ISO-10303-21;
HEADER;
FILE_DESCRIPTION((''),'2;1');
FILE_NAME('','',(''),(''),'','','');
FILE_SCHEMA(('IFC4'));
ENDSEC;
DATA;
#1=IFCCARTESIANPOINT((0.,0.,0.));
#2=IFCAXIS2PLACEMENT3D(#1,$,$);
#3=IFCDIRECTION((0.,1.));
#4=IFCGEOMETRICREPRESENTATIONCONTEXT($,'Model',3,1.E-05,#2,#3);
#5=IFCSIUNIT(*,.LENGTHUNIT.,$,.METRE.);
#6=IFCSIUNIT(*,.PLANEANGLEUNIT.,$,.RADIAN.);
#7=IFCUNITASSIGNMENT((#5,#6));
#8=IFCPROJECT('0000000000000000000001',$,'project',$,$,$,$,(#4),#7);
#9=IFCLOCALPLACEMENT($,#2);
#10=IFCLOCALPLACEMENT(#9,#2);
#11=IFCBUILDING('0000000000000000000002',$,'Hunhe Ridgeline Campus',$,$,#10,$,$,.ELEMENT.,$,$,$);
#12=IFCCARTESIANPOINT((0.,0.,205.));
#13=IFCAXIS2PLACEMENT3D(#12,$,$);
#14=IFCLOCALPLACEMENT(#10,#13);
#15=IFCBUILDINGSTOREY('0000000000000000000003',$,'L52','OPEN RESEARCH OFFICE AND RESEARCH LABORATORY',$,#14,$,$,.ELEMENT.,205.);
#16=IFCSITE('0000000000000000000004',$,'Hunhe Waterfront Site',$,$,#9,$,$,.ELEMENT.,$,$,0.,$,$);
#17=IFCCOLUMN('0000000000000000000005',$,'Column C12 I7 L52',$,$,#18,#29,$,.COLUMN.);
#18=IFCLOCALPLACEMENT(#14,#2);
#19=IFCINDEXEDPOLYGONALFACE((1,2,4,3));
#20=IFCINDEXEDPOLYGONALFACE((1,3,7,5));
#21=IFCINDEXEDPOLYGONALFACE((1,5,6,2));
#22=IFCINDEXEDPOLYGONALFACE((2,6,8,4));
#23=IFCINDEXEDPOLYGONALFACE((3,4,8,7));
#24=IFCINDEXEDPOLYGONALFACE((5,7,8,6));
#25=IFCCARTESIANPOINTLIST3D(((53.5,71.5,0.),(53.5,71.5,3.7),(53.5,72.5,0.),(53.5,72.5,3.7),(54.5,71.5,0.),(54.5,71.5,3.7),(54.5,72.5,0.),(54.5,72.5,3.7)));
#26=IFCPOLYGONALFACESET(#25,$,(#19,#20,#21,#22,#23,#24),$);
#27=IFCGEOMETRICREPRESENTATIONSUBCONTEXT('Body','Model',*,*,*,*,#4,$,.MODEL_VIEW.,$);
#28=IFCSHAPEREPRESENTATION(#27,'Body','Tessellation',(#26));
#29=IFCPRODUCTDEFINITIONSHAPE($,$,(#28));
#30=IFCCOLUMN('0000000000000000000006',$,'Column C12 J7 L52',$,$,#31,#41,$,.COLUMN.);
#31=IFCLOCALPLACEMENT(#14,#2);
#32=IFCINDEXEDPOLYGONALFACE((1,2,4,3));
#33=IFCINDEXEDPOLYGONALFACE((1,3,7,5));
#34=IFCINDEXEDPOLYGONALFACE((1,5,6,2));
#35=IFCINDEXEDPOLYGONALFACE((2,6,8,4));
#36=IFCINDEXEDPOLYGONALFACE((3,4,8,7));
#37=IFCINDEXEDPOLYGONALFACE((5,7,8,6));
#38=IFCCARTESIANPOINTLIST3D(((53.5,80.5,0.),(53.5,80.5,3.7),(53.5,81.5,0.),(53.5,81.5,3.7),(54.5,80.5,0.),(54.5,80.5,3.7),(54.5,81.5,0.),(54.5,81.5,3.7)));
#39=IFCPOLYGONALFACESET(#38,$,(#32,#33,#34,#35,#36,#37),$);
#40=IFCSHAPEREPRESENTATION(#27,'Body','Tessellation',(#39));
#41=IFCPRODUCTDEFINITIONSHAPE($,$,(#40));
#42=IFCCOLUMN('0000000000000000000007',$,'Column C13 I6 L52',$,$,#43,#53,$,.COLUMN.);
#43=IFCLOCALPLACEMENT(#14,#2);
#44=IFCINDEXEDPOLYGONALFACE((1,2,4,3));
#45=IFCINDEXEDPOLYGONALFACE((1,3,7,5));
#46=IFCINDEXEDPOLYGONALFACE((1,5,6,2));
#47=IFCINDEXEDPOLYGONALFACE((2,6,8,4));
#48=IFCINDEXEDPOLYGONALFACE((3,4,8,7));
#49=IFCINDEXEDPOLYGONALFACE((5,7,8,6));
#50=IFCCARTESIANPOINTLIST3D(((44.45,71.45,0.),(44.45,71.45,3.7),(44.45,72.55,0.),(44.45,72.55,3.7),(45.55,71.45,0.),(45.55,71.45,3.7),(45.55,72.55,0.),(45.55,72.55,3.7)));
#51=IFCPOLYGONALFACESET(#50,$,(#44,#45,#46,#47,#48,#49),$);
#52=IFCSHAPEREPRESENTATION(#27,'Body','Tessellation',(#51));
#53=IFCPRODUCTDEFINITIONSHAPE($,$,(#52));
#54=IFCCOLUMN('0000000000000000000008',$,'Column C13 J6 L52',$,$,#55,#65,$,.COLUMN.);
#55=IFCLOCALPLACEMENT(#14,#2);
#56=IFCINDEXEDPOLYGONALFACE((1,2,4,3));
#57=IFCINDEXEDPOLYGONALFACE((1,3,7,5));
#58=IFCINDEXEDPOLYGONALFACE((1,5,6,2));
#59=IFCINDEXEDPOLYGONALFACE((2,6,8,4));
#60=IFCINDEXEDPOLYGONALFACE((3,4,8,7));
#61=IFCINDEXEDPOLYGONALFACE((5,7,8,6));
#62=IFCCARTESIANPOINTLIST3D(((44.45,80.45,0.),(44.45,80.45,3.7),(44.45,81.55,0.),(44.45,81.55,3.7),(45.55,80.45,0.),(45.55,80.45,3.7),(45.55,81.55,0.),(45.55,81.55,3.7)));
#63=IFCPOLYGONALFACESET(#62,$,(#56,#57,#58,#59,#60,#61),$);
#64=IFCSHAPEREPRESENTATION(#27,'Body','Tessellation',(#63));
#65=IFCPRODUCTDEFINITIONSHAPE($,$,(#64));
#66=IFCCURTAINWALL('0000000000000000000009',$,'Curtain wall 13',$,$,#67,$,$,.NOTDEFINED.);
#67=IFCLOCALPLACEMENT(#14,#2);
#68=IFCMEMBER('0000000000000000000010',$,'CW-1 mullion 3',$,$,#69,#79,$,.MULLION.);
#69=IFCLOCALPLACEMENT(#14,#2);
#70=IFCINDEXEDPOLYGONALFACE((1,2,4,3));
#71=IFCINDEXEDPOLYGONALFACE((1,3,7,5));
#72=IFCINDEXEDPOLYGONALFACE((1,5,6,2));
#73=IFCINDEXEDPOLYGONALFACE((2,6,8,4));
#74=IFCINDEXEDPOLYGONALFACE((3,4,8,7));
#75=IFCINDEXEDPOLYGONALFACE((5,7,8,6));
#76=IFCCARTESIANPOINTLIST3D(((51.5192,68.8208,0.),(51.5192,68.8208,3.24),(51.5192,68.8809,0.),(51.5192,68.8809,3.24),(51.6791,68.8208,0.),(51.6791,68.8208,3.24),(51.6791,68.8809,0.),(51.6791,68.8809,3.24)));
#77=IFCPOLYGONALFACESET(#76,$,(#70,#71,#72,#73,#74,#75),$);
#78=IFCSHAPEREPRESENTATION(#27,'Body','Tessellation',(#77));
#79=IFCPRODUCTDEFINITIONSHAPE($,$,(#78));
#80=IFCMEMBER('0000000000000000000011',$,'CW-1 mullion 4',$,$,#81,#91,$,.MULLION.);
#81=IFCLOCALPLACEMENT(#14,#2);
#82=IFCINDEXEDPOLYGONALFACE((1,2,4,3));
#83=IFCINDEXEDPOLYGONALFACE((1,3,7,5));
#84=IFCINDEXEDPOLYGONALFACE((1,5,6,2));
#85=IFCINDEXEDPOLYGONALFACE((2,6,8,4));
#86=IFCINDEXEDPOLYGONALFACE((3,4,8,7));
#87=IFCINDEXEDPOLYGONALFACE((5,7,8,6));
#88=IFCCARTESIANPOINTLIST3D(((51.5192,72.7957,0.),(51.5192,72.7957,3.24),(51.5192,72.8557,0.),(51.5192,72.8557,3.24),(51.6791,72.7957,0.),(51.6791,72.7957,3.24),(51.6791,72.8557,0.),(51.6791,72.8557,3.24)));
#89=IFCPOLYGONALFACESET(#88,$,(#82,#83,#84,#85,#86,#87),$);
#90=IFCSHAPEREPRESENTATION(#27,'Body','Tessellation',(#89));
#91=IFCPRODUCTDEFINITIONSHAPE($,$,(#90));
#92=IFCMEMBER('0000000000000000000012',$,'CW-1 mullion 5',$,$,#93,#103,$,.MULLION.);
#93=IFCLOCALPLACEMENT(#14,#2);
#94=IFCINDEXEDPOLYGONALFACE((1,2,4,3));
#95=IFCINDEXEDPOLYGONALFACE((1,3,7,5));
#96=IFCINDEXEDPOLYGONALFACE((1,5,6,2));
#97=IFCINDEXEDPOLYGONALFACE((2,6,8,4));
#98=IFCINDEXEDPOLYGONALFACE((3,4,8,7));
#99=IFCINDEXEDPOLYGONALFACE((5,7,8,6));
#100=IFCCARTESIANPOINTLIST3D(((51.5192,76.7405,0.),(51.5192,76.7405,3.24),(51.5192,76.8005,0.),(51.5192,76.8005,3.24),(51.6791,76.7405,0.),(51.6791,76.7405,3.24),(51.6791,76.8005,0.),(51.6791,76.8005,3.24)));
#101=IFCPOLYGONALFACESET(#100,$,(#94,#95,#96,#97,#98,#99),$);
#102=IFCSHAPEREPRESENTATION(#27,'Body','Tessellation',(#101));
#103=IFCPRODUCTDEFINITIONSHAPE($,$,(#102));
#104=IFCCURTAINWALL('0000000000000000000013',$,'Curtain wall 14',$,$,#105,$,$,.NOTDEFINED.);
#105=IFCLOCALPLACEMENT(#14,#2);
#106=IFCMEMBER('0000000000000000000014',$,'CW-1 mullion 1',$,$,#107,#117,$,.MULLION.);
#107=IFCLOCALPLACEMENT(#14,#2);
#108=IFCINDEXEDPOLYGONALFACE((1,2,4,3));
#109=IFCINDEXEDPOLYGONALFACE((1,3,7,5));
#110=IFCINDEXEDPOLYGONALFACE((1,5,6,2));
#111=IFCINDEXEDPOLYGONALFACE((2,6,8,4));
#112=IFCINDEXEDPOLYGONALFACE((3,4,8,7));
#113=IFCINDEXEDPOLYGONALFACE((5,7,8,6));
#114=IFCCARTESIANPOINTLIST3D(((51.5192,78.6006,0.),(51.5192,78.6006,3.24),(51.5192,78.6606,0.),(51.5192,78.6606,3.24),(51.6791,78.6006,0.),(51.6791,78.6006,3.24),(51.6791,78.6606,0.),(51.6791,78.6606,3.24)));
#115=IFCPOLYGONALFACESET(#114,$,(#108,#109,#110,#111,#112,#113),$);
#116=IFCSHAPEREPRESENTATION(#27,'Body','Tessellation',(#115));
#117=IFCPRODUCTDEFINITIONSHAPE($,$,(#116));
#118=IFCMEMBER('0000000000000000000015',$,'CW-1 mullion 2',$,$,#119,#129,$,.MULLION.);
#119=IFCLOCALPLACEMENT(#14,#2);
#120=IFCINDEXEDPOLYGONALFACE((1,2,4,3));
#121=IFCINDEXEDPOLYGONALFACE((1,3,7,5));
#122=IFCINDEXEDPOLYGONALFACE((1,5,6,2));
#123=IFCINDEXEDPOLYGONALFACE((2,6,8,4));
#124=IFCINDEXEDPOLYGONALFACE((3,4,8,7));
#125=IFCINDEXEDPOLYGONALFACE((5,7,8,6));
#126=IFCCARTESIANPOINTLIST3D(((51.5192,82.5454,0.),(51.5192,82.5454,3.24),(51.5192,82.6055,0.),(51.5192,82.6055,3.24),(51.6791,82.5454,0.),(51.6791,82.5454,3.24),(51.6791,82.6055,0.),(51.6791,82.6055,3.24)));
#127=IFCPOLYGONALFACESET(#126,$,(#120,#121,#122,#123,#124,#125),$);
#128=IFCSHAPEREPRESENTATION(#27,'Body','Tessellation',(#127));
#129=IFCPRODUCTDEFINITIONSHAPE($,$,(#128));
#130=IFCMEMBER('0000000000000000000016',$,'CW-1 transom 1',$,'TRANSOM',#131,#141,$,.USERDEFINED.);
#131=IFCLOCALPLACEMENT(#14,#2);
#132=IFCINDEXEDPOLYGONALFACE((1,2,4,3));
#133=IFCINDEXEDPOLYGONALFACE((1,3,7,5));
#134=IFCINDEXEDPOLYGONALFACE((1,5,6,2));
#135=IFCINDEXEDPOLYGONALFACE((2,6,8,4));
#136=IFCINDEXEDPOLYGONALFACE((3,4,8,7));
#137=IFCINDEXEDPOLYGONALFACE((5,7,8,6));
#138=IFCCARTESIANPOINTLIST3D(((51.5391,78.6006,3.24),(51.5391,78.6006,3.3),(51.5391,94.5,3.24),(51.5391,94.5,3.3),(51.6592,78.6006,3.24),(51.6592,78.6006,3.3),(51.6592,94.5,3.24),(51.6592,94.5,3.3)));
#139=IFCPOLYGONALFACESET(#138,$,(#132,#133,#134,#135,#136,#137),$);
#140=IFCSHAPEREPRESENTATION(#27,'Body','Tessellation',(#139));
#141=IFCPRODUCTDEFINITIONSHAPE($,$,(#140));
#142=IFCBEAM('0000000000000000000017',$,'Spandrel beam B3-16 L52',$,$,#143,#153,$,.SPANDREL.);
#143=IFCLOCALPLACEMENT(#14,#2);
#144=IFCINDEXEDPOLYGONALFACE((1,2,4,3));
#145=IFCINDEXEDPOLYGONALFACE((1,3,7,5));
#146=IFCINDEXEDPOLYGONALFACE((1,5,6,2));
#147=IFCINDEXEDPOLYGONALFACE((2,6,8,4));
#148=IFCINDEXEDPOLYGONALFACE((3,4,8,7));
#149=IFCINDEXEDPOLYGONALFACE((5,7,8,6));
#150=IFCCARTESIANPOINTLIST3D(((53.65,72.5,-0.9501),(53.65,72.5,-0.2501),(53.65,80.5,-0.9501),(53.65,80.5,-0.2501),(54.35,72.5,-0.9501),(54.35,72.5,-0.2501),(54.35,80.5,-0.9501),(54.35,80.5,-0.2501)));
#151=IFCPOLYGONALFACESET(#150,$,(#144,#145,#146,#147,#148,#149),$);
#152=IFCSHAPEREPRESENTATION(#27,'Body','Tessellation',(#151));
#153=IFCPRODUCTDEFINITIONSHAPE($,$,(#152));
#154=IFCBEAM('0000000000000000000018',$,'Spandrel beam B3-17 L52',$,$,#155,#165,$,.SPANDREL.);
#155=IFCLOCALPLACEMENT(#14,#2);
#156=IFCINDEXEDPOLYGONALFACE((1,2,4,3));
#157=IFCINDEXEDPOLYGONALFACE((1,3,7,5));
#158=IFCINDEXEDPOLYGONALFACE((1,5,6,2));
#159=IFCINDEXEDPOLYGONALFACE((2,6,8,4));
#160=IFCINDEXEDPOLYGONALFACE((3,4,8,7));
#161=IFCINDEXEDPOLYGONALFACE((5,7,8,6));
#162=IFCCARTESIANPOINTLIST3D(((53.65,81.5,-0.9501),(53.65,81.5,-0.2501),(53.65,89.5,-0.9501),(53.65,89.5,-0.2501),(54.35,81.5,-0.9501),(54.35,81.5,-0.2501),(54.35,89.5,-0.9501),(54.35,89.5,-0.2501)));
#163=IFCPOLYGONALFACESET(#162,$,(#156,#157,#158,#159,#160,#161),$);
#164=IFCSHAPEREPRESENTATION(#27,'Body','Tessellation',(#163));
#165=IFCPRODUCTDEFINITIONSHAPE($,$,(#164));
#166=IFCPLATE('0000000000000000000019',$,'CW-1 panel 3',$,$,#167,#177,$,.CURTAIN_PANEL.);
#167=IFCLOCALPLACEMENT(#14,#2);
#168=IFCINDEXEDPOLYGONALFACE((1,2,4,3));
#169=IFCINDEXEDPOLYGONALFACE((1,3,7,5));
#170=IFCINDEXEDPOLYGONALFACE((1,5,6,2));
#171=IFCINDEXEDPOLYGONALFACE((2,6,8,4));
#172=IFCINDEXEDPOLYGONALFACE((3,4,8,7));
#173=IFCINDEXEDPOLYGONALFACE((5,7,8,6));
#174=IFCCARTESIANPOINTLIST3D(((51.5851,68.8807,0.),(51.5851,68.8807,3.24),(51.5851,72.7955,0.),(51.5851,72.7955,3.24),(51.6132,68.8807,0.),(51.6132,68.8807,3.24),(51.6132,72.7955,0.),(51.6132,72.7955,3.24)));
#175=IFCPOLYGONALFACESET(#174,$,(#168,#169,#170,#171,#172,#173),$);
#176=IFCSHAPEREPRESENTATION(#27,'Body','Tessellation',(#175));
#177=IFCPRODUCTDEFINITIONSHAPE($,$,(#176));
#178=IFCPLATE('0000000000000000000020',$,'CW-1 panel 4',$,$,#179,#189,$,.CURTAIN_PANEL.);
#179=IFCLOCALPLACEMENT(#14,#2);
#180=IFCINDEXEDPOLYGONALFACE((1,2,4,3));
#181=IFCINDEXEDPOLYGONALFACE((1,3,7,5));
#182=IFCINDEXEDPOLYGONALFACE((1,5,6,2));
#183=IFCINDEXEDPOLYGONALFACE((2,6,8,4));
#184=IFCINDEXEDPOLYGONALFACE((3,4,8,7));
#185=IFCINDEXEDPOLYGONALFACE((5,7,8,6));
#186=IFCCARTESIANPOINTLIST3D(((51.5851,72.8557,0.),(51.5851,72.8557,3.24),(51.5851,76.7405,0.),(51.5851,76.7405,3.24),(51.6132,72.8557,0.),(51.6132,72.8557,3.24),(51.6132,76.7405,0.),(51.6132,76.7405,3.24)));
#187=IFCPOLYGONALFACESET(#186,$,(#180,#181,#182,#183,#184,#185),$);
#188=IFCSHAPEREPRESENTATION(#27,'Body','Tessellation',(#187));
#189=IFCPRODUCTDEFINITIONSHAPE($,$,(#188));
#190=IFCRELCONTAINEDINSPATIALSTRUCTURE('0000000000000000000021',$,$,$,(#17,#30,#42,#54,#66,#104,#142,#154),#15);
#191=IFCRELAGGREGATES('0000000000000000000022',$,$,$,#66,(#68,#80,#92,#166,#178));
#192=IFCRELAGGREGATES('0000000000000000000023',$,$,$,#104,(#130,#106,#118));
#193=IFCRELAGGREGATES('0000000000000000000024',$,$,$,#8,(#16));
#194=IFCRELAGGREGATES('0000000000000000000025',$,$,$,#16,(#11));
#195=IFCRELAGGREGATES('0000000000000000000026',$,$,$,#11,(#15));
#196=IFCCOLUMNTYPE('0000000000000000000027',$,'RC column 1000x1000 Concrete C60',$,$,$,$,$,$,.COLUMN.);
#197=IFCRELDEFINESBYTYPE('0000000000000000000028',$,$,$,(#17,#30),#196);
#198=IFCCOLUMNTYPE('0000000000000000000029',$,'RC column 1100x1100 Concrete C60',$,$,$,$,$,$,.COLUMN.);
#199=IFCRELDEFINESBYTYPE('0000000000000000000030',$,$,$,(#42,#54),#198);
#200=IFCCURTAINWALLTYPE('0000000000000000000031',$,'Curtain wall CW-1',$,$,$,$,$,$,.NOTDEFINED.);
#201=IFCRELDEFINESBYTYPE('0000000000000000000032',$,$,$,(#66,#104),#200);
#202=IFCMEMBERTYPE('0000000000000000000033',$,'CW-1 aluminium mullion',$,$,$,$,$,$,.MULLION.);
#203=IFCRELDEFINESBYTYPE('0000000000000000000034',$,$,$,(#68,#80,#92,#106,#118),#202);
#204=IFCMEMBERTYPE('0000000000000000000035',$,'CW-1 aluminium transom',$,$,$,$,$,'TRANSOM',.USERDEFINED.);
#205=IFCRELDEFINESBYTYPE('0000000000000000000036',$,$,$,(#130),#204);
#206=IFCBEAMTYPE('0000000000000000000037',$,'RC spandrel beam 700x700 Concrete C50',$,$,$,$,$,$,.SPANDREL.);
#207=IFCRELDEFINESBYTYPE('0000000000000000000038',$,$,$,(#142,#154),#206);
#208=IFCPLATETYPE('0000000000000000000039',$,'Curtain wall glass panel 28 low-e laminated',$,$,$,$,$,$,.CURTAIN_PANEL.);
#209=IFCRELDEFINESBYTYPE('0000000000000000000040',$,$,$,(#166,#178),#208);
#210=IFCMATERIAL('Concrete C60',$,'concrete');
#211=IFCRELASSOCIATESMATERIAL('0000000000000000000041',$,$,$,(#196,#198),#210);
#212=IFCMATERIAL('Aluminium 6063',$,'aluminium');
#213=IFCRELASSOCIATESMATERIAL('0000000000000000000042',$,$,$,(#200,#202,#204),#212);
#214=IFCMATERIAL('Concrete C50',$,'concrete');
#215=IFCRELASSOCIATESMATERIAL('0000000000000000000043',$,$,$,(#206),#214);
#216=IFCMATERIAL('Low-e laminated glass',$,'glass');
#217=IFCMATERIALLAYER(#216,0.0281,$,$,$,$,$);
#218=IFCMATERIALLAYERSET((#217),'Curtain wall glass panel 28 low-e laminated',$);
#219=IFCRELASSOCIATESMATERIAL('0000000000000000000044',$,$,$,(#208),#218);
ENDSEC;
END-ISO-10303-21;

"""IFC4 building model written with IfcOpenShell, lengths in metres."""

from ifc_helpers import new_model, si_unit, direction, frame, origin, origin_2d, place, context, subcontext, project, spatial, rectangle, extrude, material, layer, layer_set, material_profile, profile_set, type_object, element, aggregate, save


model = new_model("IFC4")

# Units and contexts
model_context = context("Model", 3, precision=1e-05, world=origin(), true_north=direction((0.0, 1.0)))
body_context = subcontext(model_context, "Body", "Model", "MODEL_VIEW")
ifc_project = project(units=[si_unit("LENGTHUNIT", "METRE"), si_unit("PLANEANGLEUNIT", "RADIAN")], contexts=[model_context])

# Site, building, storey
site_placement = place(None, origin())
site = spatial("IfcSite", under=ifc_project, at=site_placement, Name="Hunhe Waterfront Site", CompositionType="ELEMENT", RefElevation=0.0)
building_placement = place(site_placement, origin())
building = spatial("IfcBuilding", under=site, at=building_placement, Name="Hunhe Ridgeline Campus", CompositionType="ELEMENT")
storey_placement = place(building_placement, frame((0.0, 0.0, 205.0)))
storey = spatial("IfcBuildingStorey", under=building, at=storey_placement, Name="L52", Description="OPEN RESEARCH OFFICE AND RESEARCH LABORATORY", CompositionType="ELEMENT", Elevation=205.0)

# Columns
ifc_material_1 = material(Name="Concrete C60", Category="concrete")
ifc_material_profile_1 = material_profile(ifc_material_1, rectangle(XDim=1.0, YDim=1.0, at=origin_2d()))
ifc_profile_set_1 = profile_set([ifc_material_profile_1], Name="Concrete C60")
column_type_1 = type_object("IfcColumnType", Name="RC column 1000x1000 Concrete C60", PredefinedType="COLUMN", material=ifc_profile_set_1)
for number, where, z_axis, x_axis, name in (
    (1, (54.0, 72.0, 0.0), (0.0, 0.0, 1.0), (1.0, 0.0, 0.0), "Column C12 I7 L52"),
    (2, (54.0, 81.0, 0.0), (0.0, 0.0, 1.0), (1.0, 0.0, 0.0), "Column C12 J7 L52"),
):
    element("IfcColumn", number, at=place(storey_placement, frame(where, z_axis=z_axis, x_axis=x_axis)), inside=storey, type_object=column_type_1, Name=name, PredefinedType="COLUMN", context=body_context, shape_type="SweptSolid", body=[
        extrude(rectangle(XDim=1.0, YDim=1.0, at=origin_2d()), origin(), (0.0, 0.0, 1.0), 3.7),
    ])
ifc_material_profile_2 = material_profile(ifc_material_1, rectangle(XDim=1.1001, YDim=1.1001, at=origin_2d()))
ifc_profile_set_2 = profile_set([ifc_material_profile_2], Name="Concrete C60")
column_type_2 = type_object("IfcColumnType", Name="RC column 1100x1100 Concrete C60", PredefinedType="COLUMN", material=ifc_profile_set_2)
for number, where, z_axis, x_axis, name in (
    (3, (45.0, 72.0, 0.0), (0.0, 0.0, 1.0), (1.0, 0.0, 0.0), "Column C13 I6 L52"),
    (4, (45.0, 81.0, 0.0), (0.0, 0.0, 1.0), (1.0, 0.0, 0.0), "Column C13 J6 L52"),
):
    element("IfcColumn", number, at=place(storey_placement, frame(where, z_axis=z_axis, x_axis=x_axis)), inside=storey, type_object=column_type_2, Name=name, PredefinedType="COLUMN", context=body_context, shape_type="SweptSolid", body=[
        extrude(rectangle(XDim=1.1001, YDim=1.1001, at=origin_2d()), origin(), (0.0, 0.0, 1.0), 3.7),
    ])

# Curtain walls, members
ifc_material_2 = material(Name="Aluminium 6063", Category="aluminium")
curtain_wall_type = type_object("IfcCurtainWallType", Name="Curtain wall CW-1", PredefinedType="NOTDEFINED", material=ifc_material_2)
curtain_wall_1_placement = place(storey_placement, origin())
curtain_wall_1 = element("IfcCurtainWall", 5, at=curtain_wall_1_placement, inside=storey, type_object=curtain_wall_type, Name="Curtain wall 13", PredefinedType="NOTDEFINED")
ifc_material_profile_3 = material_profile(ifc_material_2, rectangle(XDim=0.1599, YDim=0.0601, at=origin_2d()))
ifc_profile_set_3 = profile_set([ifc_material_profile_3], Name="Aluminium 6063")
member_type_1 = type_object("IfcMemberType", Name="CW-1 aluminium mullion", PredefinedType="MULLION", material=ifc_profile_set_3)
member_1_placement = place(storey_placement, frame((51.5991, 68.8508, 0.0), z_axis=(0.0, 0.0, 1.0), x_axis=(-1.0, 0.0, 0.0)))
member_1 = element("IfcMember", 6, at=member_1_placement, type_object=member_type_1, Name="CW-1 mullion 3", PredefinedType="MULLION", context=body_context, shape_type="SweptSolid", body=[
    extrude(rectangle(XDim=0.1599, YDim=0.0601, at=origin_2d()), origin(), (0.0, 0.0, 1.0), 3.24),
])
member_2_placement = place(storey_placement, frame((51.5991, 72.8257, 0.0), z_axis=(0.0, 0.0, 1.0), x_axis=(-1.0, 0.0, 0.0)))
member_2 = element("IfcMember", 7, at=member_2_placement, type_object=member_type_1, Name="CW-1 mullion 4", PredefinedType="MULLION", context=body_context, shape_type="SweptSolid", body=[
    extrude(rectangle(XDim=0.1599, YDim=0.0601, at=origin_2d()), origin(), (0.0, 0.0, 1.0), 3.24),
])
member_3_placement = place(storey_placement, frame((51.5991, 76.7705, 0.0), z_axis=(0.0, 0.0, 1.0), x_axis=(-1.0, 0.0, 0.0)))
member_3 = element("IfcMember", 8, at=member_3_placement, type_object=member_type_1, Name="CW-1 mullion 5", PredefinedType="MULLION", context=body_context, shape_type="SweptSolid", body=[
    extrude(rectangle(XDim=0.1599, YDim=0.0601, at=origin_2d()), origin(), (0.0, 0.0, 1.0), 3.24),
])
curtain_wall_2_placement = place(storey_placement, origin())
curtain_wall_2 = element("IfcCurtainWall", 9, at=curtain_wall_2_placement, inside=storey, type_object=curtain_wall_type, Name="Curtain wall 14", PredefinedType="NOTDEFINED")
member_4_placement = place(storey_placement, frame((51.5991, 78.6306, 0.0), z_axis=(0.0, 0.0, 1.0), x_axis=(-1.0, 0.0, 0.0)))
member_4 = element("IfcMember", 10, at=member_4_placement, type_object=member_type_1, Name="CW-1 mullion 1", PredefinedType="MULLION", context=body_context, shape_type="SweptSolid", body=[
    extrude(rectangle(XDim=0.1599, YDim=0.0601, at=origin_2d()), origin(), (0.0, 0.0, 1.0), 3.24),
])
member_5_placement = place(storey_placement, frame((51.5991, 82.5754, 0.0), z_axis=(0.0, 0.0, 1.0), x_axis=(-1.0, 0.0, 0.0)))
member_5 = element("IfcMember", 11, at=member_5_placement, type_object=member_type_1, Name="CW-1 mullion 2", PredefinedType="MULLION", context=body_context, shape_type="SweptSolid", body=[
    extrude(rectangle(XDim=0.1599, YDim=0.0601, at=origin_2d()), origin(), (0.0, 0.0, 1.0), 3.24),
])
ifc_material_profile_4 = material_profile(ifc_material_2, rectangle(XDim=0.1201, YDim=0.0601, at=origin_2d()))
ifc_profile_set_4 = profile_set([ifc_material_profile_4], Name="Aluminium 6063")
member_type_2 = type_object("IfcMemberType", Name="CW-1 aluminium transom", ElementType="TRANSOM", PredefinedType="USERDEFINED", material=ifc_profile_set_4)
member_6_placement = place(storey_placement, frame((51.5991, 78.6006, 3.27), z_axis=(0.0, 1.0, 0.0), x_axis=(-1.0, 0.0, 0.0)))
member_6 = element("IfcMember", 12, at=member_6_placement, type_object=member_type_2, Name="CW-1 transom 1", ObjectType="TRANSOM", PredefinedType="USERDEFINED", context=body_context, shape_type="SweptSolid", body=[
    extrude(rectangle(XDim=0.1201, YDim=0.0601, at=origin_2d()), origin(), (0.0, 0.0, 1.0), 15.8994),
])

# Beams
ifc_material_3 = material(Name="Concrete C50", Category="concrete")
ifc_material_profile_5 = material_profile(ifc_material_3, rectangle(XDim=0.7, YDim=0.7, at=origin_2d()))
ifc_profile_set_5 = profile_set([ifc_material_profile_5], Name="Concrete C50")
beam_type = type_object("IfcBeamType", Name="RC spandrel beam 700x700 Concrete C50", PredefinedType="SPANDREL", material=ifc_profile_set_5)
for number, where, z_axis, x_axis, name in (
    (13, (54.0, 72.5, -0.6001), (0.0, 1.0, 0.0), (-1.0, 0.0, 0.0), "Spandrel beam B3-16 L52"),
    (14, (54.0, 81.5, -0.6001), (0.0, 1.0, 0.0), (-1.0, 0.0, 0.0), "Spandrel beam B3-17 L52"),
):
    element("IfcBeam", number, at=place(storey_placement, frame(where, z_axis=z_axis, x_axis=x_axis)), inside=storey, type_object=beam_type, Name=name, PredefinedType="SPANDREL", context=body_context, shape_type="SweptSolid", body=[
        extrude(rectangle(XDim=0.7, YDim=0.7, at=origin_2d()), origin(), (0.0, 0.0, 1.0), 8.0),
    ])

# Plates
ifc_material_4 = material(Name="Low-e laminated glass", Category="glass")
ifc_layer_1 = layer(ifc_material_4, 0.0281)
ifc_layer_set_1 = layer_set([ifc_layer_1], Name="Curtain wall glass panel 28 low-e laminated")
plate_type = type_object("IfcPlateType", Name="Curtain wall glass panel 28 low-e laminated", PredefinedType="CURTAIN_PANEL", material=ifc_layer_set_1)
plate_1_placement = place(storey_placement, frame((51.5991, 70.8381, 0.0), z_axis=(0.0, 0.0, 1.0), x_axis=(0.0, 1.0, 0.0)))
plate_1 = element("IfcPlate", 15, at=plate_1_placement, type_object=plate_type, Name="CW-1 panel 3", PredefinedType="CURTAIN_PANEL", context=body_context, shape_type="SweptSolid", body=[
    extrude(rectangle(XDim=3.9148, YDim=0.0281, at=origin_2d()), origin(), (0.0, 0.0, 1.0), 3.24),
])
plate_2_placement = place(storey_placement, frame((51.5991, 74.7981, 0.0), z_axis=(0.0, 0.0, 1.0), x_axis=(0.0, 1.0, 0.0)))
plate_2 = element("IfcPlate", 16, at=plate_2_placement, type_object=plate_type, Name="CW-1 panel 4", PredefinedType="CURTAIN_PANEL", context=body_context, shape_type="SweptSolid", body=[
    extrude(rectangle(XDim=3.8848, YDim=0.0281, at=origin_2d()), origin(), (0.0, 0.0, 1.0), 3.24),
])
aggregate(curtain_wall_1, [member_1, member_2, member_3, plate_1, plate_2])
aggregate(curtain_wall_2, [member_6, member_4, member_5])

save(model, "model.ifc")
